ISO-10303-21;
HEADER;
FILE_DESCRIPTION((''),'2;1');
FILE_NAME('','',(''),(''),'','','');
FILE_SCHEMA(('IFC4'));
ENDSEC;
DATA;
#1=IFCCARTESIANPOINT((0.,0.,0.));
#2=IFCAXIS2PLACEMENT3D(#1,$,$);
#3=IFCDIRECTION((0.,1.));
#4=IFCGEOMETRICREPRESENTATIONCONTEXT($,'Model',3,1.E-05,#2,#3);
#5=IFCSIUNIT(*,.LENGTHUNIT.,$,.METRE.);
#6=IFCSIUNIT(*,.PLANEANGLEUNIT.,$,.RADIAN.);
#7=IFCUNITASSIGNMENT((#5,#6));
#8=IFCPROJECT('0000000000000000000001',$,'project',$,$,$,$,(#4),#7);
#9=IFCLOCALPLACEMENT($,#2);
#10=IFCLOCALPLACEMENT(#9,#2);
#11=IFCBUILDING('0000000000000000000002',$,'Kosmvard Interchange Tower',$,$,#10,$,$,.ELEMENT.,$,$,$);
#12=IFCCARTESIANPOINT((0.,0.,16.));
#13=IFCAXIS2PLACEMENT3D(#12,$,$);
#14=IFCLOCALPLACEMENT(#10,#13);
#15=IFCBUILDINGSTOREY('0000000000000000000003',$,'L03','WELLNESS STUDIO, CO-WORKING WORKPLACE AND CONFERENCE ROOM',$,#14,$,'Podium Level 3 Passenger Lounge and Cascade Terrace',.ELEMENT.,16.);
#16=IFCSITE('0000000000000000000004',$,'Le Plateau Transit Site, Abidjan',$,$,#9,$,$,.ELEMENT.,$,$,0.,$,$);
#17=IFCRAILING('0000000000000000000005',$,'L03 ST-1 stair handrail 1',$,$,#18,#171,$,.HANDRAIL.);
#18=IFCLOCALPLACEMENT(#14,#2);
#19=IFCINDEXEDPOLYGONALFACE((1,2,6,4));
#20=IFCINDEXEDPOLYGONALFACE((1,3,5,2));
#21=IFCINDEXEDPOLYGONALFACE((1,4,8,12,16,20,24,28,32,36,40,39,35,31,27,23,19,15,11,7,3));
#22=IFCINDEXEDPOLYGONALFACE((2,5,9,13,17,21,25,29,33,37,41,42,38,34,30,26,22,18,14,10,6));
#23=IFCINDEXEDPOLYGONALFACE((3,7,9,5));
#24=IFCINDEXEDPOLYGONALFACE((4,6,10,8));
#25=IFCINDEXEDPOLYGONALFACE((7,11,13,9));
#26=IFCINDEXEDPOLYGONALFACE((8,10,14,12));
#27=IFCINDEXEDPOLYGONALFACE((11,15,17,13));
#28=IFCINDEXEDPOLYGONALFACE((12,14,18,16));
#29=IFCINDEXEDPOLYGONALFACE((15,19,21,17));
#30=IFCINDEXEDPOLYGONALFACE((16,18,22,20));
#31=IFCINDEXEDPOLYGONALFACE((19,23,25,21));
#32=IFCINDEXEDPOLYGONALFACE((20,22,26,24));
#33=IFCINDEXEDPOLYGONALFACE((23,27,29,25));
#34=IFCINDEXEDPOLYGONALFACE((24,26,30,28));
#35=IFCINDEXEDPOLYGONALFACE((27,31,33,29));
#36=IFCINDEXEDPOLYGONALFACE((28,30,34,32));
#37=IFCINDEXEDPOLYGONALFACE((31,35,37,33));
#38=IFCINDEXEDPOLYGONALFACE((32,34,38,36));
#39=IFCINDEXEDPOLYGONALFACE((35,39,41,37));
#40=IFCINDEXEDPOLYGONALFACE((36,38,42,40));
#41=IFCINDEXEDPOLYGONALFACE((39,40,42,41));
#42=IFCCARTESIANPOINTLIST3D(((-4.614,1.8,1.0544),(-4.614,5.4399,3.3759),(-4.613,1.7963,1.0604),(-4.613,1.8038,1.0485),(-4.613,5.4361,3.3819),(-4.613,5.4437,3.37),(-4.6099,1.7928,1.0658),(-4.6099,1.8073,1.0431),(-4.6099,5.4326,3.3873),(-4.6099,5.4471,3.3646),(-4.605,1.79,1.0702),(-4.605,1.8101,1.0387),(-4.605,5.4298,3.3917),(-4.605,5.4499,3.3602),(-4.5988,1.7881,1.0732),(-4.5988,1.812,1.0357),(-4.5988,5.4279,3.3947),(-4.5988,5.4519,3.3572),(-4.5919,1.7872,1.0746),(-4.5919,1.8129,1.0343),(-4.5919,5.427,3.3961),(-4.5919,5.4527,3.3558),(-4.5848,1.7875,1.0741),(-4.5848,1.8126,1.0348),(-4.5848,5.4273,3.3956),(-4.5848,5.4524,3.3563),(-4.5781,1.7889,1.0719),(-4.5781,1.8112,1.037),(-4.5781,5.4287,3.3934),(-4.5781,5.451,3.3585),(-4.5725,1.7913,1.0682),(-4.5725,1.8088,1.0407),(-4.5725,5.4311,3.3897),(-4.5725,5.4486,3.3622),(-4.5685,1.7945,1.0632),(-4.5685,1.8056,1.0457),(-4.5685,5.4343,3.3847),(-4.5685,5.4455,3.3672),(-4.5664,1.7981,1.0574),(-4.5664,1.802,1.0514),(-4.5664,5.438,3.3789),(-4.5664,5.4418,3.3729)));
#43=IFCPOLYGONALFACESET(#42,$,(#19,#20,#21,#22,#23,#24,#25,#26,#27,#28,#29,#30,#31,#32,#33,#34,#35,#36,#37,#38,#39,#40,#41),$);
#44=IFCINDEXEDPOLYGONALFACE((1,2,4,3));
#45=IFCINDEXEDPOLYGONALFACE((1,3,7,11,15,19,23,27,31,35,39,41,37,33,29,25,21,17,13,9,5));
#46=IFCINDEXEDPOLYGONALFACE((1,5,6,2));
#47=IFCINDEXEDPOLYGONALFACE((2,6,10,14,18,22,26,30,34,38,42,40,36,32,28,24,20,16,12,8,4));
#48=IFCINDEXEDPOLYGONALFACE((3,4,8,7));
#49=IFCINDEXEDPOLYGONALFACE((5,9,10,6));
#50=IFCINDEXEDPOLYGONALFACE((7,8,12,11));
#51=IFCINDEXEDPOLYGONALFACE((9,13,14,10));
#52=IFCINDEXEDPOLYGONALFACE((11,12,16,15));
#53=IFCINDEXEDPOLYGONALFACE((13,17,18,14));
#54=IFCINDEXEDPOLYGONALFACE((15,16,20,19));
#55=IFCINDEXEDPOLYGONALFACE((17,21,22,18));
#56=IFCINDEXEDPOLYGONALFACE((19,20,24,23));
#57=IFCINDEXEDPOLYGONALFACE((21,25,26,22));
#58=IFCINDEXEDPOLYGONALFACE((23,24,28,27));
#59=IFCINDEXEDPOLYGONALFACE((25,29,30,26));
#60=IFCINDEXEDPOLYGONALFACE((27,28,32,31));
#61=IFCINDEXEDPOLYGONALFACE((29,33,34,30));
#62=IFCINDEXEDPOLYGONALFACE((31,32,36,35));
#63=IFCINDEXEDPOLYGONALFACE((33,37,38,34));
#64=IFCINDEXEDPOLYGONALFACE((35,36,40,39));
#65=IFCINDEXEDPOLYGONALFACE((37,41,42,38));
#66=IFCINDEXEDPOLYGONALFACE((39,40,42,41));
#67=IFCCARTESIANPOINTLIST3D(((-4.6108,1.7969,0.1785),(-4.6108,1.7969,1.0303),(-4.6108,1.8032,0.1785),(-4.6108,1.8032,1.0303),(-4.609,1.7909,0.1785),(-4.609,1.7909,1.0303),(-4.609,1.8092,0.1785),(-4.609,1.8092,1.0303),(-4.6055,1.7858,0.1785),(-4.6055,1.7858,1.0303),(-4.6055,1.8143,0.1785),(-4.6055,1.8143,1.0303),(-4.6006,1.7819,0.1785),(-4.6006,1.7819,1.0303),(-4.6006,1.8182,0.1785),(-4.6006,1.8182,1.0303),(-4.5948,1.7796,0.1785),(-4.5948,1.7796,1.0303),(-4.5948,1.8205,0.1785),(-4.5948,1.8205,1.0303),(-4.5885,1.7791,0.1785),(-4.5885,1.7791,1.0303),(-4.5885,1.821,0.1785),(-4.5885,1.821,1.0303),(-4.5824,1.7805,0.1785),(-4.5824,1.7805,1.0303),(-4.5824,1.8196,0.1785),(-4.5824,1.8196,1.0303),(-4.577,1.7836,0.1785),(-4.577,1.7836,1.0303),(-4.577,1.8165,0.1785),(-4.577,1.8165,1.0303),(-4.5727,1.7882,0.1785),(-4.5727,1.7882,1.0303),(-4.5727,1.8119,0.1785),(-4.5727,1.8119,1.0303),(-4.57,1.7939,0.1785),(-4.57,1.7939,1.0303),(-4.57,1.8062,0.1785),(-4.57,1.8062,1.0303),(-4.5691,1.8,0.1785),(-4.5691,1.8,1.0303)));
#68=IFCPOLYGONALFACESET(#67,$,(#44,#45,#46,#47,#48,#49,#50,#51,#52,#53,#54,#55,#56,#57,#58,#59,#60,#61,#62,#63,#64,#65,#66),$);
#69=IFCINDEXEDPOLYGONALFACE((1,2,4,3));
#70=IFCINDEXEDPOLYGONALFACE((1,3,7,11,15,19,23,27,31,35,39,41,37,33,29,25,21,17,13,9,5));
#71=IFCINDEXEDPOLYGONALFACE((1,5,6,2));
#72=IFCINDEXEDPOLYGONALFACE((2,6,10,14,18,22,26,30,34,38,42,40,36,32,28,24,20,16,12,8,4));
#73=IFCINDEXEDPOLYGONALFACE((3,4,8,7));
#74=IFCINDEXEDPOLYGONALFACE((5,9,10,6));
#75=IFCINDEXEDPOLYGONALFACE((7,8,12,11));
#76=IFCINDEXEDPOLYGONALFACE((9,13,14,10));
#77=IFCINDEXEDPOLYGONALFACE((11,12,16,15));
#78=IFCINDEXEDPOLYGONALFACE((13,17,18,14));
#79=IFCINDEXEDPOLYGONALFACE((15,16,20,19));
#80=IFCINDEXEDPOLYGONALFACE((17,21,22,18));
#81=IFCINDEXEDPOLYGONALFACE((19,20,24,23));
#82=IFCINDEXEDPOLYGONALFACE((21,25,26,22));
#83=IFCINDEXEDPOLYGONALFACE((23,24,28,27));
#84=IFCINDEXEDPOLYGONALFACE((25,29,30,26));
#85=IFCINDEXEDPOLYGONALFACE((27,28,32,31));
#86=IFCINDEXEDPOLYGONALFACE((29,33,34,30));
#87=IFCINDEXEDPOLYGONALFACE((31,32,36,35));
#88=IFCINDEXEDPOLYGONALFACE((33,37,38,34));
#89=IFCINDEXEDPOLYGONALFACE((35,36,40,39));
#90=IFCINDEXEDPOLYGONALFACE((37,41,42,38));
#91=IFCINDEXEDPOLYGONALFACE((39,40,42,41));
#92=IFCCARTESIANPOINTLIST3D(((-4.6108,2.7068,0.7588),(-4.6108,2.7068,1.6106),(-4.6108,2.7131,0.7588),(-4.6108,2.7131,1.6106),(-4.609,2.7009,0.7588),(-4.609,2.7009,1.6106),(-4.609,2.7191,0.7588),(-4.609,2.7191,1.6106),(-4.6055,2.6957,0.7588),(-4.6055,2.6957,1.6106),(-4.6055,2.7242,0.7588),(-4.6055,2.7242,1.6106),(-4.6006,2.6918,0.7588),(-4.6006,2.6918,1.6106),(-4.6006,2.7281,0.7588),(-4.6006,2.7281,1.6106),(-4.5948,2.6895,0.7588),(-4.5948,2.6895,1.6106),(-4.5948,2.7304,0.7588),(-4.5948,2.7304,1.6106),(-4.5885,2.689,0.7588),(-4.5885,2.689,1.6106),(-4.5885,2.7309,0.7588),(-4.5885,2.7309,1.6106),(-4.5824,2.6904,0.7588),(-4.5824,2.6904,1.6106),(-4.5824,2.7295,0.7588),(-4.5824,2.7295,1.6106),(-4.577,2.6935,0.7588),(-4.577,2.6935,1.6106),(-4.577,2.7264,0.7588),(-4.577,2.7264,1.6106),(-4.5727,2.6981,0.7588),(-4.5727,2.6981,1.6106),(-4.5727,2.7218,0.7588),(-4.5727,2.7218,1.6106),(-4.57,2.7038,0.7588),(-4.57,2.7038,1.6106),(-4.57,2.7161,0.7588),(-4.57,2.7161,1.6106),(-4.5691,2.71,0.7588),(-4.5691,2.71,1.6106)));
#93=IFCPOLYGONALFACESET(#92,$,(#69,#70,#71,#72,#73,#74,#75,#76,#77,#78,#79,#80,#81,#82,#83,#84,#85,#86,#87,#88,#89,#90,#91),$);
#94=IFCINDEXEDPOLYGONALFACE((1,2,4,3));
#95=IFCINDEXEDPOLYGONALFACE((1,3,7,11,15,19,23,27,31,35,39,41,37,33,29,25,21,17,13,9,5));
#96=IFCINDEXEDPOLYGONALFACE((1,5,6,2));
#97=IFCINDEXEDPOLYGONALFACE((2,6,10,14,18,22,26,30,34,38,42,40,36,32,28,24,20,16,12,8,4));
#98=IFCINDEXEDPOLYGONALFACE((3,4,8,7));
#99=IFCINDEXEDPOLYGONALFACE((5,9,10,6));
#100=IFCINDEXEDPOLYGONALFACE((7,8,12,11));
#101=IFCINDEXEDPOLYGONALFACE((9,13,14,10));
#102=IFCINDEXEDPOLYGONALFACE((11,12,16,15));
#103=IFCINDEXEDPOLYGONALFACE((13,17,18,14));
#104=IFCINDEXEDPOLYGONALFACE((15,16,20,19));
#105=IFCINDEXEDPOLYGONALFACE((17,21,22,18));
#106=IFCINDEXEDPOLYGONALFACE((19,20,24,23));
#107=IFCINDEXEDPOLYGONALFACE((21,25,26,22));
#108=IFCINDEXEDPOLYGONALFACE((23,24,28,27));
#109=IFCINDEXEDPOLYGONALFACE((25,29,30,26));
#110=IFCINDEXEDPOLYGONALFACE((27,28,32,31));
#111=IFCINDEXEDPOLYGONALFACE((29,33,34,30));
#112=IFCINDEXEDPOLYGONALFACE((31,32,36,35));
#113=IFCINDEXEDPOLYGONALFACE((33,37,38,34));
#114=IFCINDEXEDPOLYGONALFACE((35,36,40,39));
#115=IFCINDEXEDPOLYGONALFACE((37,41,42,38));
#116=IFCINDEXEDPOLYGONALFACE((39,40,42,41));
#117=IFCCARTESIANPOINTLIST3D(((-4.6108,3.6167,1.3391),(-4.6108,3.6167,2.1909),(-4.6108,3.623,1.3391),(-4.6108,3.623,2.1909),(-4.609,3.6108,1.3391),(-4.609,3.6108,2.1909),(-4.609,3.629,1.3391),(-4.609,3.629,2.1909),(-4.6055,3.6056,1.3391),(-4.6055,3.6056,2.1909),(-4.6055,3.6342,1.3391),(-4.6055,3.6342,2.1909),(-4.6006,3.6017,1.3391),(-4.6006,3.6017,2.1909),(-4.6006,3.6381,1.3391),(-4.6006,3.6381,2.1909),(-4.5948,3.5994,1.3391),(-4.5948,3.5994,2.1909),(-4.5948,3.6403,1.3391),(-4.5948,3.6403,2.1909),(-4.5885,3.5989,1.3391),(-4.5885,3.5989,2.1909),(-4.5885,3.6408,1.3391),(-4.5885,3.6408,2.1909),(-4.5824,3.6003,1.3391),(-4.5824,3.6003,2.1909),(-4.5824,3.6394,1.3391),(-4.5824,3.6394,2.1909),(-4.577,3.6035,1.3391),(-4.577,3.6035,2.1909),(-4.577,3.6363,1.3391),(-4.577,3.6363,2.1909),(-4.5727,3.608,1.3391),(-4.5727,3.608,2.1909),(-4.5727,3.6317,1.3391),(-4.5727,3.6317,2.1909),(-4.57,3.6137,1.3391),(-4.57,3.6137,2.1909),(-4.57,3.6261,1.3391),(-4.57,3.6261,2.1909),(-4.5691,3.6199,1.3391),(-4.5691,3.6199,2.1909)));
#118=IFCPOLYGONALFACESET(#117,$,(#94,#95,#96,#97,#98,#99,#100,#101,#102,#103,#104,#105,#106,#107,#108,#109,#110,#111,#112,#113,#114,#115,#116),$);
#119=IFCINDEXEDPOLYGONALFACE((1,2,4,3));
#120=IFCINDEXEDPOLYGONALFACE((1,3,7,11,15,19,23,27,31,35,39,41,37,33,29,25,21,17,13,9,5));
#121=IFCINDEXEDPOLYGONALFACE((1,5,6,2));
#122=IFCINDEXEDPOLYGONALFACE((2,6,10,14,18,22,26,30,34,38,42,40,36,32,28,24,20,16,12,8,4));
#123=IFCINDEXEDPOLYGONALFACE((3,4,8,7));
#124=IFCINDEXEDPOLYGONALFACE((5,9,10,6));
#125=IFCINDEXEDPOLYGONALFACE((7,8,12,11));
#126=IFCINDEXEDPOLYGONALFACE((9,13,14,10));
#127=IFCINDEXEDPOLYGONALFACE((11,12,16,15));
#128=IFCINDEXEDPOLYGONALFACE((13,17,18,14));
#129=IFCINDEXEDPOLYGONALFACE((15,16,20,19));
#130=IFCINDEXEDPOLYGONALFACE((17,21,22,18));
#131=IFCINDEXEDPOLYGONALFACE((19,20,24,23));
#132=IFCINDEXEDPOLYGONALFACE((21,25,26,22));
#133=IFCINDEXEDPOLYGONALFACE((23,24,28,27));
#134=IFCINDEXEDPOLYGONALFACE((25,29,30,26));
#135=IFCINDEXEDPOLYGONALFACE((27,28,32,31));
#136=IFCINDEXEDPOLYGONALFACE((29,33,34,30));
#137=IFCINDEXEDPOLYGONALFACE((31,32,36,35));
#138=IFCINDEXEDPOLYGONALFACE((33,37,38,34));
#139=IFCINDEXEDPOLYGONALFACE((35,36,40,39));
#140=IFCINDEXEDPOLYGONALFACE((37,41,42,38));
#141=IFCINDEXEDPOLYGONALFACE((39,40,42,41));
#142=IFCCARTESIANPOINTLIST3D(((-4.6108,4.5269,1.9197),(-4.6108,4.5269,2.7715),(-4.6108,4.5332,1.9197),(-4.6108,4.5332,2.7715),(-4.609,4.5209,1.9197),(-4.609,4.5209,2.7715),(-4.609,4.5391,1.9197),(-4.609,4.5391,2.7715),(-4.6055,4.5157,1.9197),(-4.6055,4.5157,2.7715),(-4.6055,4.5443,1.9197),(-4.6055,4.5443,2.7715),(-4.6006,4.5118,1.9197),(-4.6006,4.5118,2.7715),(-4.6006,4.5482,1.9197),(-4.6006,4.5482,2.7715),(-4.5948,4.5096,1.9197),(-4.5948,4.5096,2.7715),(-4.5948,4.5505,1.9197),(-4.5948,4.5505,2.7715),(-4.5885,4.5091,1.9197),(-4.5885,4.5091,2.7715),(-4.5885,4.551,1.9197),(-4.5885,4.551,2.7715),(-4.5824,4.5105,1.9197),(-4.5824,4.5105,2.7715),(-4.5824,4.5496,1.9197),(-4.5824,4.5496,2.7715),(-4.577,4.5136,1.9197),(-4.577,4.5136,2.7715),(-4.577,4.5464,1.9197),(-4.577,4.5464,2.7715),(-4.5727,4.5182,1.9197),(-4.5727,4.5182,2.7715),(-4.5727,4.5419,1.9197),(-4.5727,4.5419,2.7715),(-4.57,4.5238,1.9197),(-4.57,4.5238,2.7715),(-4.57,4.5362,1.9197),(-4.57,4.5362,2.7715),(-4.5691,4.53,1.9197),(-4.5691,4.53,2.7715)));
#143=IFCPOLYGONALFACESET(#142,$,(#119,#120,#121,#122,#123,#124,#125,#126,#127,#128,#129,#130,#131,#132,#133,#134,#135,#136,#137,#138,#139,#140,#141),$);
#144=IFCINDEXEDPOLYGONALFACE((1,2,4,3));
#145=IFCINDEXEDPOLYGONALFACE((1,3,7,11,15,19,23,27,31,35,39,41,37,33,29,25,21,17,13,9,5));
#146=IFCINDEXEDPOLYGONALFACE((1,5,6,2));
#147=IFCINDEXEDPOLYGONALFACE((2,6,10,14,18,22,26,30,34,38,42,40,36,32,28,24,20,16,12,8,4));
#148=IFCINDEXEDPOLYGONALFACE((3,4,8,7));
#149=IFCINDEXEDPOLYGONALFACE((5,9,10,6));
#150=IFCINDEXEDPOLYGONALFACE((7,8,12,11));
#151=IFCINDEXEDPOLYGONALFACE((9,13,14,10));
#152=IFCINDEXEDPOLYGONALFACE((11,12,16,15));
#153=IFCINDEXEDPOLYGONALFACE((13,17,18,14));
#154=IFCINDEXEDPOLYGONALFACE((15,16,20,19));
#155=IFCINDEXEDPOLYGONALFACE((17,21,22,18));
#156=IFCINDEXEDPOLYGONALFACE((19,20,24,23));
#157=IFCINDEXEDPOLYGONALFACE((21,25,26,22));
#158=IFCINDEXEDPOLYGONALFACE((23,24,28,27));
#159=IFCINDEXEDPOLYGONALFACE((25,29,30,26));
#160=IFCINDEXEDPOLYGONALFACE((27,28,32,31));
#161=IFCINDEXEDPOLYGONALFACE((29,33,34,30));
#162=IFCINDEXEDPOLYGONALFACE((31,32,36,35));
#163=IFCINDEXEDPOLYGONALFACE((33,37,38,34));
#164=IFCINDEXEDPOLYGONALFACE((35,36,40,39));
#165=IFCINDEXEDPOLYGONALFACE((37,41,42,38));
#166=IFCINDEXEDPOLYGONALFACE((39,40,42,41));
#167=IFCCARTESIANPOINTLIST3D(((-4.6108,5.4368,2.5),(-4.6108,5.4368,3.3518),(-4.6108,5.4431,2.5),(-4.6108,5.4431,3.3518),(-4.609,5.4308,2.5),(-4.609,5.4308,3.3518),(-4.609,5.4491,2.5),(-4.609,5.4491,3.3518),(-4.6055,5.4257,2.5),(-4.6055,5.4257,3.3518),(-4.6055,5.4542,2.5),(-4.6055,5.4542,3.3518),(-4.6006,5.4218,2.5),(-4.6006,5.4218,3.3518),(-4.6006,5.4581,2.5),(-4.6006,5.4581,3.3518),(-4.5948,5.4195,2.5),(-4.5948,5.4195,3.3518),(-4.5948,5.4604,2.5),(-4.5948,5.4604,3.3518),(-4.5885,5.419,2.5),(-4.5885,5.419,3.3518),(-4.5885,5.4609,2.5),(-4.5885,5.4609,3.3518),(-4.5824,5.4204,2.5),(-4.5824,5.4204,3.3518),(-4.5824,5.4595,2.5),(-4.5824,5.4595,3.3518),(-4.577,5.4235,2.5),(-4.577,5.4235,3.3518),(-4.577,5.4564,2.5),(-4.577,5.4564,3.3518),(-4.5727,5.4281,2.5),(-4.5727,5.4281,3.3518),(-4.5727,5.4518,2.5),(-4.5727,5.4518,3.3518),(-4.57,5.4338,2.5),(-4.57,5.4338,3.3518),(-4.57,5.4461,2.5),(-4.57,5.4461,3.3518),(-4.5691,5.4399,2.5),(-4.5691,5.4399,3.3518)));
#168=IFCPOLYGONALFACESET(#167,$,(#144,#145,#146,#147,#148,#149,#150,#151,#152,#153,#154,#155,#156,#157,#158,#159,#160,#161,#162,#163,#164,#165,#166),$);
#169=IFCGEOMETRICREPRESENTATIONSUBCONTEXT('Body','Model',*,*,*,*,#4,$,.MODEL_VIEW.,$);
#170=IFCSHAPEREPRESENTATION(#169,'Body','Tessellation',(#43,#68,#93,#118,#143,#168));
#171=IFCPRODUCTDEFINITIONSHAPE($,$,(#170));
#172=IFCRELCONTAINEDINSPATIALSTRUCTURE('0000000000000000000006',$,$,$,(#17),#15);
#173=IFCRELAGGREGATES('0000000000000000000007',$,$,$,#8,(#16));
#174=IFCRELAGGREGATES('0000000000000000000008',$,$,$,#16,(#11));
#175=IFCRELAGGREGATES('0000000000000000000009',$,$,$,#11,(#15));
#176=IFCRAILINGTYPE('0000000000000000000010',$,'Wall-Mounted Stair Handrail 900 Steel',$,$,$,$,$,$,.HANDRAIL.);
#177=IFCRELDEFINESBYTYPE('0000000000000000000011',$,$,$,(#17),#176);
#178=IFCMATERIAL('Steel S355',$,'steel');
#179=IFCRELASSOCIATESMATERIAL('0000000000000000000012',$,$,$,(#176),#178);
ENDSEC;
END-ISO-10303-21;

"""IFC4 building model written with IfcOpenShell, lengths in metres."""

from ifc_helpers import new_model, si_unit, direction, frame, origin, origin_2d, place, context, subcontext, project, spatial, circle, extrude, source, transform, mapped, material, type_object, element, save


model = new_model("IFC4")

# Units and contexts
model_context = context("Model", 3, precision=1e-05, world=origin(), true_north=direction((0.0, 1.0)))
body_context = subcontext(model_context, "Body", "Model", "MODEL_VIEW")
ifc_project = project(units=[si_unit("LENGTHUNIT", "METRE"), si_unit("PLANEANGLEUNIT", "RADIAN")], contexts=[model_context])

# Site, building, storey
site_placement = place(None, origin())
site = spatial("IfcSite", under=ifc_project, at=site_placement, Name="Le Plateau Transit Site, Abidjan", CompositionType="ELEMENT", RefElevation=0.0)
building_placement = place(site_placement, origin())
building = spatial("IfcBuilding", under=site, at=building_placement, Name="Kosmvard Interchange Tower", CompositionType="ELEMENT")
storey_placement = place(building_placement, frame((0.0, 0.0, 16.0)))
storey = spatial("IfcBuildingStorey", under=building, at=storey_placement, Name="L03", Description="WELLNESS STUDIO, CO-WORKING WORKPLACE AND CONFERENCE ROOM", LongName="Podium Level 3 Passenger Lounge and Cascade Terrace", CompositionType="ELEMENT", Elevation=16.0)

# Railing
ifc_material_1 = material(Name="Steel S355", Category="steel")
railing_type_1 = type_object("IfcRailingType", Name="Wall-Mounted Stair Handrail 900 Steel", PredefinedType="HANDRAIL", material=ifc_material_1)
shared_shape_1 = source(origin(), body_context, "Body", "SweptSolid", [
    extrude(circle(Radius=0.0239, at=origin_2d()), frame((0.0, 0.0, 0.876), z_axis=(0.0, 0.843112, 0.537739), x_axis=(-1.0, 0.0, 0.0)), (0.0, 0.0, 1.0), 4.3171),
    extrude(circle(Radius=0.021, at=origin_2d()), origin(), (0.0, 0.0, 1.0), 0.8518),
    extrude(circle(Radius=0.021, at=origin_2d()), frame((0.0, 0.9099, 0.5803)), (0.0, 0.0, 1.0), 0.8518),
    extrude(circle(Radius=0.021, at=origin_2d()), frame((0.0, 1.8198, 1.1606)), (0.0, 0.0, 1.0), 0.8518),
    extrude(circle(Radius=0.021, at=origin_2d()), frame((0.0, 2.73, 1.7412)), (0.0, 0.0, 1.0), 0.8518),
    extrude(circle(Radius=0.021, at=origin_2d()), frame((0.0, 3.6399, 2.3215)), (0.0, 0.0, 1.0), 0.8518),
])
railing_1_placement = place(storey_placement, frame((-4.5901, 1.8, 0.1785)))
element("IfcRailing", 1, at=railing_1_placement, inside=storey, type_object=railing_type_1, Name="L03 ST-1 stair handrail 1", PredefinedType="HANDRAIL", context=body_context, shape_type="MappedRepresentation", body=[
    mapped(shared_shape_1, transform((0.0, 0.0, 0.0), scale=1.0)),
])

save(model, "model.ifc")
